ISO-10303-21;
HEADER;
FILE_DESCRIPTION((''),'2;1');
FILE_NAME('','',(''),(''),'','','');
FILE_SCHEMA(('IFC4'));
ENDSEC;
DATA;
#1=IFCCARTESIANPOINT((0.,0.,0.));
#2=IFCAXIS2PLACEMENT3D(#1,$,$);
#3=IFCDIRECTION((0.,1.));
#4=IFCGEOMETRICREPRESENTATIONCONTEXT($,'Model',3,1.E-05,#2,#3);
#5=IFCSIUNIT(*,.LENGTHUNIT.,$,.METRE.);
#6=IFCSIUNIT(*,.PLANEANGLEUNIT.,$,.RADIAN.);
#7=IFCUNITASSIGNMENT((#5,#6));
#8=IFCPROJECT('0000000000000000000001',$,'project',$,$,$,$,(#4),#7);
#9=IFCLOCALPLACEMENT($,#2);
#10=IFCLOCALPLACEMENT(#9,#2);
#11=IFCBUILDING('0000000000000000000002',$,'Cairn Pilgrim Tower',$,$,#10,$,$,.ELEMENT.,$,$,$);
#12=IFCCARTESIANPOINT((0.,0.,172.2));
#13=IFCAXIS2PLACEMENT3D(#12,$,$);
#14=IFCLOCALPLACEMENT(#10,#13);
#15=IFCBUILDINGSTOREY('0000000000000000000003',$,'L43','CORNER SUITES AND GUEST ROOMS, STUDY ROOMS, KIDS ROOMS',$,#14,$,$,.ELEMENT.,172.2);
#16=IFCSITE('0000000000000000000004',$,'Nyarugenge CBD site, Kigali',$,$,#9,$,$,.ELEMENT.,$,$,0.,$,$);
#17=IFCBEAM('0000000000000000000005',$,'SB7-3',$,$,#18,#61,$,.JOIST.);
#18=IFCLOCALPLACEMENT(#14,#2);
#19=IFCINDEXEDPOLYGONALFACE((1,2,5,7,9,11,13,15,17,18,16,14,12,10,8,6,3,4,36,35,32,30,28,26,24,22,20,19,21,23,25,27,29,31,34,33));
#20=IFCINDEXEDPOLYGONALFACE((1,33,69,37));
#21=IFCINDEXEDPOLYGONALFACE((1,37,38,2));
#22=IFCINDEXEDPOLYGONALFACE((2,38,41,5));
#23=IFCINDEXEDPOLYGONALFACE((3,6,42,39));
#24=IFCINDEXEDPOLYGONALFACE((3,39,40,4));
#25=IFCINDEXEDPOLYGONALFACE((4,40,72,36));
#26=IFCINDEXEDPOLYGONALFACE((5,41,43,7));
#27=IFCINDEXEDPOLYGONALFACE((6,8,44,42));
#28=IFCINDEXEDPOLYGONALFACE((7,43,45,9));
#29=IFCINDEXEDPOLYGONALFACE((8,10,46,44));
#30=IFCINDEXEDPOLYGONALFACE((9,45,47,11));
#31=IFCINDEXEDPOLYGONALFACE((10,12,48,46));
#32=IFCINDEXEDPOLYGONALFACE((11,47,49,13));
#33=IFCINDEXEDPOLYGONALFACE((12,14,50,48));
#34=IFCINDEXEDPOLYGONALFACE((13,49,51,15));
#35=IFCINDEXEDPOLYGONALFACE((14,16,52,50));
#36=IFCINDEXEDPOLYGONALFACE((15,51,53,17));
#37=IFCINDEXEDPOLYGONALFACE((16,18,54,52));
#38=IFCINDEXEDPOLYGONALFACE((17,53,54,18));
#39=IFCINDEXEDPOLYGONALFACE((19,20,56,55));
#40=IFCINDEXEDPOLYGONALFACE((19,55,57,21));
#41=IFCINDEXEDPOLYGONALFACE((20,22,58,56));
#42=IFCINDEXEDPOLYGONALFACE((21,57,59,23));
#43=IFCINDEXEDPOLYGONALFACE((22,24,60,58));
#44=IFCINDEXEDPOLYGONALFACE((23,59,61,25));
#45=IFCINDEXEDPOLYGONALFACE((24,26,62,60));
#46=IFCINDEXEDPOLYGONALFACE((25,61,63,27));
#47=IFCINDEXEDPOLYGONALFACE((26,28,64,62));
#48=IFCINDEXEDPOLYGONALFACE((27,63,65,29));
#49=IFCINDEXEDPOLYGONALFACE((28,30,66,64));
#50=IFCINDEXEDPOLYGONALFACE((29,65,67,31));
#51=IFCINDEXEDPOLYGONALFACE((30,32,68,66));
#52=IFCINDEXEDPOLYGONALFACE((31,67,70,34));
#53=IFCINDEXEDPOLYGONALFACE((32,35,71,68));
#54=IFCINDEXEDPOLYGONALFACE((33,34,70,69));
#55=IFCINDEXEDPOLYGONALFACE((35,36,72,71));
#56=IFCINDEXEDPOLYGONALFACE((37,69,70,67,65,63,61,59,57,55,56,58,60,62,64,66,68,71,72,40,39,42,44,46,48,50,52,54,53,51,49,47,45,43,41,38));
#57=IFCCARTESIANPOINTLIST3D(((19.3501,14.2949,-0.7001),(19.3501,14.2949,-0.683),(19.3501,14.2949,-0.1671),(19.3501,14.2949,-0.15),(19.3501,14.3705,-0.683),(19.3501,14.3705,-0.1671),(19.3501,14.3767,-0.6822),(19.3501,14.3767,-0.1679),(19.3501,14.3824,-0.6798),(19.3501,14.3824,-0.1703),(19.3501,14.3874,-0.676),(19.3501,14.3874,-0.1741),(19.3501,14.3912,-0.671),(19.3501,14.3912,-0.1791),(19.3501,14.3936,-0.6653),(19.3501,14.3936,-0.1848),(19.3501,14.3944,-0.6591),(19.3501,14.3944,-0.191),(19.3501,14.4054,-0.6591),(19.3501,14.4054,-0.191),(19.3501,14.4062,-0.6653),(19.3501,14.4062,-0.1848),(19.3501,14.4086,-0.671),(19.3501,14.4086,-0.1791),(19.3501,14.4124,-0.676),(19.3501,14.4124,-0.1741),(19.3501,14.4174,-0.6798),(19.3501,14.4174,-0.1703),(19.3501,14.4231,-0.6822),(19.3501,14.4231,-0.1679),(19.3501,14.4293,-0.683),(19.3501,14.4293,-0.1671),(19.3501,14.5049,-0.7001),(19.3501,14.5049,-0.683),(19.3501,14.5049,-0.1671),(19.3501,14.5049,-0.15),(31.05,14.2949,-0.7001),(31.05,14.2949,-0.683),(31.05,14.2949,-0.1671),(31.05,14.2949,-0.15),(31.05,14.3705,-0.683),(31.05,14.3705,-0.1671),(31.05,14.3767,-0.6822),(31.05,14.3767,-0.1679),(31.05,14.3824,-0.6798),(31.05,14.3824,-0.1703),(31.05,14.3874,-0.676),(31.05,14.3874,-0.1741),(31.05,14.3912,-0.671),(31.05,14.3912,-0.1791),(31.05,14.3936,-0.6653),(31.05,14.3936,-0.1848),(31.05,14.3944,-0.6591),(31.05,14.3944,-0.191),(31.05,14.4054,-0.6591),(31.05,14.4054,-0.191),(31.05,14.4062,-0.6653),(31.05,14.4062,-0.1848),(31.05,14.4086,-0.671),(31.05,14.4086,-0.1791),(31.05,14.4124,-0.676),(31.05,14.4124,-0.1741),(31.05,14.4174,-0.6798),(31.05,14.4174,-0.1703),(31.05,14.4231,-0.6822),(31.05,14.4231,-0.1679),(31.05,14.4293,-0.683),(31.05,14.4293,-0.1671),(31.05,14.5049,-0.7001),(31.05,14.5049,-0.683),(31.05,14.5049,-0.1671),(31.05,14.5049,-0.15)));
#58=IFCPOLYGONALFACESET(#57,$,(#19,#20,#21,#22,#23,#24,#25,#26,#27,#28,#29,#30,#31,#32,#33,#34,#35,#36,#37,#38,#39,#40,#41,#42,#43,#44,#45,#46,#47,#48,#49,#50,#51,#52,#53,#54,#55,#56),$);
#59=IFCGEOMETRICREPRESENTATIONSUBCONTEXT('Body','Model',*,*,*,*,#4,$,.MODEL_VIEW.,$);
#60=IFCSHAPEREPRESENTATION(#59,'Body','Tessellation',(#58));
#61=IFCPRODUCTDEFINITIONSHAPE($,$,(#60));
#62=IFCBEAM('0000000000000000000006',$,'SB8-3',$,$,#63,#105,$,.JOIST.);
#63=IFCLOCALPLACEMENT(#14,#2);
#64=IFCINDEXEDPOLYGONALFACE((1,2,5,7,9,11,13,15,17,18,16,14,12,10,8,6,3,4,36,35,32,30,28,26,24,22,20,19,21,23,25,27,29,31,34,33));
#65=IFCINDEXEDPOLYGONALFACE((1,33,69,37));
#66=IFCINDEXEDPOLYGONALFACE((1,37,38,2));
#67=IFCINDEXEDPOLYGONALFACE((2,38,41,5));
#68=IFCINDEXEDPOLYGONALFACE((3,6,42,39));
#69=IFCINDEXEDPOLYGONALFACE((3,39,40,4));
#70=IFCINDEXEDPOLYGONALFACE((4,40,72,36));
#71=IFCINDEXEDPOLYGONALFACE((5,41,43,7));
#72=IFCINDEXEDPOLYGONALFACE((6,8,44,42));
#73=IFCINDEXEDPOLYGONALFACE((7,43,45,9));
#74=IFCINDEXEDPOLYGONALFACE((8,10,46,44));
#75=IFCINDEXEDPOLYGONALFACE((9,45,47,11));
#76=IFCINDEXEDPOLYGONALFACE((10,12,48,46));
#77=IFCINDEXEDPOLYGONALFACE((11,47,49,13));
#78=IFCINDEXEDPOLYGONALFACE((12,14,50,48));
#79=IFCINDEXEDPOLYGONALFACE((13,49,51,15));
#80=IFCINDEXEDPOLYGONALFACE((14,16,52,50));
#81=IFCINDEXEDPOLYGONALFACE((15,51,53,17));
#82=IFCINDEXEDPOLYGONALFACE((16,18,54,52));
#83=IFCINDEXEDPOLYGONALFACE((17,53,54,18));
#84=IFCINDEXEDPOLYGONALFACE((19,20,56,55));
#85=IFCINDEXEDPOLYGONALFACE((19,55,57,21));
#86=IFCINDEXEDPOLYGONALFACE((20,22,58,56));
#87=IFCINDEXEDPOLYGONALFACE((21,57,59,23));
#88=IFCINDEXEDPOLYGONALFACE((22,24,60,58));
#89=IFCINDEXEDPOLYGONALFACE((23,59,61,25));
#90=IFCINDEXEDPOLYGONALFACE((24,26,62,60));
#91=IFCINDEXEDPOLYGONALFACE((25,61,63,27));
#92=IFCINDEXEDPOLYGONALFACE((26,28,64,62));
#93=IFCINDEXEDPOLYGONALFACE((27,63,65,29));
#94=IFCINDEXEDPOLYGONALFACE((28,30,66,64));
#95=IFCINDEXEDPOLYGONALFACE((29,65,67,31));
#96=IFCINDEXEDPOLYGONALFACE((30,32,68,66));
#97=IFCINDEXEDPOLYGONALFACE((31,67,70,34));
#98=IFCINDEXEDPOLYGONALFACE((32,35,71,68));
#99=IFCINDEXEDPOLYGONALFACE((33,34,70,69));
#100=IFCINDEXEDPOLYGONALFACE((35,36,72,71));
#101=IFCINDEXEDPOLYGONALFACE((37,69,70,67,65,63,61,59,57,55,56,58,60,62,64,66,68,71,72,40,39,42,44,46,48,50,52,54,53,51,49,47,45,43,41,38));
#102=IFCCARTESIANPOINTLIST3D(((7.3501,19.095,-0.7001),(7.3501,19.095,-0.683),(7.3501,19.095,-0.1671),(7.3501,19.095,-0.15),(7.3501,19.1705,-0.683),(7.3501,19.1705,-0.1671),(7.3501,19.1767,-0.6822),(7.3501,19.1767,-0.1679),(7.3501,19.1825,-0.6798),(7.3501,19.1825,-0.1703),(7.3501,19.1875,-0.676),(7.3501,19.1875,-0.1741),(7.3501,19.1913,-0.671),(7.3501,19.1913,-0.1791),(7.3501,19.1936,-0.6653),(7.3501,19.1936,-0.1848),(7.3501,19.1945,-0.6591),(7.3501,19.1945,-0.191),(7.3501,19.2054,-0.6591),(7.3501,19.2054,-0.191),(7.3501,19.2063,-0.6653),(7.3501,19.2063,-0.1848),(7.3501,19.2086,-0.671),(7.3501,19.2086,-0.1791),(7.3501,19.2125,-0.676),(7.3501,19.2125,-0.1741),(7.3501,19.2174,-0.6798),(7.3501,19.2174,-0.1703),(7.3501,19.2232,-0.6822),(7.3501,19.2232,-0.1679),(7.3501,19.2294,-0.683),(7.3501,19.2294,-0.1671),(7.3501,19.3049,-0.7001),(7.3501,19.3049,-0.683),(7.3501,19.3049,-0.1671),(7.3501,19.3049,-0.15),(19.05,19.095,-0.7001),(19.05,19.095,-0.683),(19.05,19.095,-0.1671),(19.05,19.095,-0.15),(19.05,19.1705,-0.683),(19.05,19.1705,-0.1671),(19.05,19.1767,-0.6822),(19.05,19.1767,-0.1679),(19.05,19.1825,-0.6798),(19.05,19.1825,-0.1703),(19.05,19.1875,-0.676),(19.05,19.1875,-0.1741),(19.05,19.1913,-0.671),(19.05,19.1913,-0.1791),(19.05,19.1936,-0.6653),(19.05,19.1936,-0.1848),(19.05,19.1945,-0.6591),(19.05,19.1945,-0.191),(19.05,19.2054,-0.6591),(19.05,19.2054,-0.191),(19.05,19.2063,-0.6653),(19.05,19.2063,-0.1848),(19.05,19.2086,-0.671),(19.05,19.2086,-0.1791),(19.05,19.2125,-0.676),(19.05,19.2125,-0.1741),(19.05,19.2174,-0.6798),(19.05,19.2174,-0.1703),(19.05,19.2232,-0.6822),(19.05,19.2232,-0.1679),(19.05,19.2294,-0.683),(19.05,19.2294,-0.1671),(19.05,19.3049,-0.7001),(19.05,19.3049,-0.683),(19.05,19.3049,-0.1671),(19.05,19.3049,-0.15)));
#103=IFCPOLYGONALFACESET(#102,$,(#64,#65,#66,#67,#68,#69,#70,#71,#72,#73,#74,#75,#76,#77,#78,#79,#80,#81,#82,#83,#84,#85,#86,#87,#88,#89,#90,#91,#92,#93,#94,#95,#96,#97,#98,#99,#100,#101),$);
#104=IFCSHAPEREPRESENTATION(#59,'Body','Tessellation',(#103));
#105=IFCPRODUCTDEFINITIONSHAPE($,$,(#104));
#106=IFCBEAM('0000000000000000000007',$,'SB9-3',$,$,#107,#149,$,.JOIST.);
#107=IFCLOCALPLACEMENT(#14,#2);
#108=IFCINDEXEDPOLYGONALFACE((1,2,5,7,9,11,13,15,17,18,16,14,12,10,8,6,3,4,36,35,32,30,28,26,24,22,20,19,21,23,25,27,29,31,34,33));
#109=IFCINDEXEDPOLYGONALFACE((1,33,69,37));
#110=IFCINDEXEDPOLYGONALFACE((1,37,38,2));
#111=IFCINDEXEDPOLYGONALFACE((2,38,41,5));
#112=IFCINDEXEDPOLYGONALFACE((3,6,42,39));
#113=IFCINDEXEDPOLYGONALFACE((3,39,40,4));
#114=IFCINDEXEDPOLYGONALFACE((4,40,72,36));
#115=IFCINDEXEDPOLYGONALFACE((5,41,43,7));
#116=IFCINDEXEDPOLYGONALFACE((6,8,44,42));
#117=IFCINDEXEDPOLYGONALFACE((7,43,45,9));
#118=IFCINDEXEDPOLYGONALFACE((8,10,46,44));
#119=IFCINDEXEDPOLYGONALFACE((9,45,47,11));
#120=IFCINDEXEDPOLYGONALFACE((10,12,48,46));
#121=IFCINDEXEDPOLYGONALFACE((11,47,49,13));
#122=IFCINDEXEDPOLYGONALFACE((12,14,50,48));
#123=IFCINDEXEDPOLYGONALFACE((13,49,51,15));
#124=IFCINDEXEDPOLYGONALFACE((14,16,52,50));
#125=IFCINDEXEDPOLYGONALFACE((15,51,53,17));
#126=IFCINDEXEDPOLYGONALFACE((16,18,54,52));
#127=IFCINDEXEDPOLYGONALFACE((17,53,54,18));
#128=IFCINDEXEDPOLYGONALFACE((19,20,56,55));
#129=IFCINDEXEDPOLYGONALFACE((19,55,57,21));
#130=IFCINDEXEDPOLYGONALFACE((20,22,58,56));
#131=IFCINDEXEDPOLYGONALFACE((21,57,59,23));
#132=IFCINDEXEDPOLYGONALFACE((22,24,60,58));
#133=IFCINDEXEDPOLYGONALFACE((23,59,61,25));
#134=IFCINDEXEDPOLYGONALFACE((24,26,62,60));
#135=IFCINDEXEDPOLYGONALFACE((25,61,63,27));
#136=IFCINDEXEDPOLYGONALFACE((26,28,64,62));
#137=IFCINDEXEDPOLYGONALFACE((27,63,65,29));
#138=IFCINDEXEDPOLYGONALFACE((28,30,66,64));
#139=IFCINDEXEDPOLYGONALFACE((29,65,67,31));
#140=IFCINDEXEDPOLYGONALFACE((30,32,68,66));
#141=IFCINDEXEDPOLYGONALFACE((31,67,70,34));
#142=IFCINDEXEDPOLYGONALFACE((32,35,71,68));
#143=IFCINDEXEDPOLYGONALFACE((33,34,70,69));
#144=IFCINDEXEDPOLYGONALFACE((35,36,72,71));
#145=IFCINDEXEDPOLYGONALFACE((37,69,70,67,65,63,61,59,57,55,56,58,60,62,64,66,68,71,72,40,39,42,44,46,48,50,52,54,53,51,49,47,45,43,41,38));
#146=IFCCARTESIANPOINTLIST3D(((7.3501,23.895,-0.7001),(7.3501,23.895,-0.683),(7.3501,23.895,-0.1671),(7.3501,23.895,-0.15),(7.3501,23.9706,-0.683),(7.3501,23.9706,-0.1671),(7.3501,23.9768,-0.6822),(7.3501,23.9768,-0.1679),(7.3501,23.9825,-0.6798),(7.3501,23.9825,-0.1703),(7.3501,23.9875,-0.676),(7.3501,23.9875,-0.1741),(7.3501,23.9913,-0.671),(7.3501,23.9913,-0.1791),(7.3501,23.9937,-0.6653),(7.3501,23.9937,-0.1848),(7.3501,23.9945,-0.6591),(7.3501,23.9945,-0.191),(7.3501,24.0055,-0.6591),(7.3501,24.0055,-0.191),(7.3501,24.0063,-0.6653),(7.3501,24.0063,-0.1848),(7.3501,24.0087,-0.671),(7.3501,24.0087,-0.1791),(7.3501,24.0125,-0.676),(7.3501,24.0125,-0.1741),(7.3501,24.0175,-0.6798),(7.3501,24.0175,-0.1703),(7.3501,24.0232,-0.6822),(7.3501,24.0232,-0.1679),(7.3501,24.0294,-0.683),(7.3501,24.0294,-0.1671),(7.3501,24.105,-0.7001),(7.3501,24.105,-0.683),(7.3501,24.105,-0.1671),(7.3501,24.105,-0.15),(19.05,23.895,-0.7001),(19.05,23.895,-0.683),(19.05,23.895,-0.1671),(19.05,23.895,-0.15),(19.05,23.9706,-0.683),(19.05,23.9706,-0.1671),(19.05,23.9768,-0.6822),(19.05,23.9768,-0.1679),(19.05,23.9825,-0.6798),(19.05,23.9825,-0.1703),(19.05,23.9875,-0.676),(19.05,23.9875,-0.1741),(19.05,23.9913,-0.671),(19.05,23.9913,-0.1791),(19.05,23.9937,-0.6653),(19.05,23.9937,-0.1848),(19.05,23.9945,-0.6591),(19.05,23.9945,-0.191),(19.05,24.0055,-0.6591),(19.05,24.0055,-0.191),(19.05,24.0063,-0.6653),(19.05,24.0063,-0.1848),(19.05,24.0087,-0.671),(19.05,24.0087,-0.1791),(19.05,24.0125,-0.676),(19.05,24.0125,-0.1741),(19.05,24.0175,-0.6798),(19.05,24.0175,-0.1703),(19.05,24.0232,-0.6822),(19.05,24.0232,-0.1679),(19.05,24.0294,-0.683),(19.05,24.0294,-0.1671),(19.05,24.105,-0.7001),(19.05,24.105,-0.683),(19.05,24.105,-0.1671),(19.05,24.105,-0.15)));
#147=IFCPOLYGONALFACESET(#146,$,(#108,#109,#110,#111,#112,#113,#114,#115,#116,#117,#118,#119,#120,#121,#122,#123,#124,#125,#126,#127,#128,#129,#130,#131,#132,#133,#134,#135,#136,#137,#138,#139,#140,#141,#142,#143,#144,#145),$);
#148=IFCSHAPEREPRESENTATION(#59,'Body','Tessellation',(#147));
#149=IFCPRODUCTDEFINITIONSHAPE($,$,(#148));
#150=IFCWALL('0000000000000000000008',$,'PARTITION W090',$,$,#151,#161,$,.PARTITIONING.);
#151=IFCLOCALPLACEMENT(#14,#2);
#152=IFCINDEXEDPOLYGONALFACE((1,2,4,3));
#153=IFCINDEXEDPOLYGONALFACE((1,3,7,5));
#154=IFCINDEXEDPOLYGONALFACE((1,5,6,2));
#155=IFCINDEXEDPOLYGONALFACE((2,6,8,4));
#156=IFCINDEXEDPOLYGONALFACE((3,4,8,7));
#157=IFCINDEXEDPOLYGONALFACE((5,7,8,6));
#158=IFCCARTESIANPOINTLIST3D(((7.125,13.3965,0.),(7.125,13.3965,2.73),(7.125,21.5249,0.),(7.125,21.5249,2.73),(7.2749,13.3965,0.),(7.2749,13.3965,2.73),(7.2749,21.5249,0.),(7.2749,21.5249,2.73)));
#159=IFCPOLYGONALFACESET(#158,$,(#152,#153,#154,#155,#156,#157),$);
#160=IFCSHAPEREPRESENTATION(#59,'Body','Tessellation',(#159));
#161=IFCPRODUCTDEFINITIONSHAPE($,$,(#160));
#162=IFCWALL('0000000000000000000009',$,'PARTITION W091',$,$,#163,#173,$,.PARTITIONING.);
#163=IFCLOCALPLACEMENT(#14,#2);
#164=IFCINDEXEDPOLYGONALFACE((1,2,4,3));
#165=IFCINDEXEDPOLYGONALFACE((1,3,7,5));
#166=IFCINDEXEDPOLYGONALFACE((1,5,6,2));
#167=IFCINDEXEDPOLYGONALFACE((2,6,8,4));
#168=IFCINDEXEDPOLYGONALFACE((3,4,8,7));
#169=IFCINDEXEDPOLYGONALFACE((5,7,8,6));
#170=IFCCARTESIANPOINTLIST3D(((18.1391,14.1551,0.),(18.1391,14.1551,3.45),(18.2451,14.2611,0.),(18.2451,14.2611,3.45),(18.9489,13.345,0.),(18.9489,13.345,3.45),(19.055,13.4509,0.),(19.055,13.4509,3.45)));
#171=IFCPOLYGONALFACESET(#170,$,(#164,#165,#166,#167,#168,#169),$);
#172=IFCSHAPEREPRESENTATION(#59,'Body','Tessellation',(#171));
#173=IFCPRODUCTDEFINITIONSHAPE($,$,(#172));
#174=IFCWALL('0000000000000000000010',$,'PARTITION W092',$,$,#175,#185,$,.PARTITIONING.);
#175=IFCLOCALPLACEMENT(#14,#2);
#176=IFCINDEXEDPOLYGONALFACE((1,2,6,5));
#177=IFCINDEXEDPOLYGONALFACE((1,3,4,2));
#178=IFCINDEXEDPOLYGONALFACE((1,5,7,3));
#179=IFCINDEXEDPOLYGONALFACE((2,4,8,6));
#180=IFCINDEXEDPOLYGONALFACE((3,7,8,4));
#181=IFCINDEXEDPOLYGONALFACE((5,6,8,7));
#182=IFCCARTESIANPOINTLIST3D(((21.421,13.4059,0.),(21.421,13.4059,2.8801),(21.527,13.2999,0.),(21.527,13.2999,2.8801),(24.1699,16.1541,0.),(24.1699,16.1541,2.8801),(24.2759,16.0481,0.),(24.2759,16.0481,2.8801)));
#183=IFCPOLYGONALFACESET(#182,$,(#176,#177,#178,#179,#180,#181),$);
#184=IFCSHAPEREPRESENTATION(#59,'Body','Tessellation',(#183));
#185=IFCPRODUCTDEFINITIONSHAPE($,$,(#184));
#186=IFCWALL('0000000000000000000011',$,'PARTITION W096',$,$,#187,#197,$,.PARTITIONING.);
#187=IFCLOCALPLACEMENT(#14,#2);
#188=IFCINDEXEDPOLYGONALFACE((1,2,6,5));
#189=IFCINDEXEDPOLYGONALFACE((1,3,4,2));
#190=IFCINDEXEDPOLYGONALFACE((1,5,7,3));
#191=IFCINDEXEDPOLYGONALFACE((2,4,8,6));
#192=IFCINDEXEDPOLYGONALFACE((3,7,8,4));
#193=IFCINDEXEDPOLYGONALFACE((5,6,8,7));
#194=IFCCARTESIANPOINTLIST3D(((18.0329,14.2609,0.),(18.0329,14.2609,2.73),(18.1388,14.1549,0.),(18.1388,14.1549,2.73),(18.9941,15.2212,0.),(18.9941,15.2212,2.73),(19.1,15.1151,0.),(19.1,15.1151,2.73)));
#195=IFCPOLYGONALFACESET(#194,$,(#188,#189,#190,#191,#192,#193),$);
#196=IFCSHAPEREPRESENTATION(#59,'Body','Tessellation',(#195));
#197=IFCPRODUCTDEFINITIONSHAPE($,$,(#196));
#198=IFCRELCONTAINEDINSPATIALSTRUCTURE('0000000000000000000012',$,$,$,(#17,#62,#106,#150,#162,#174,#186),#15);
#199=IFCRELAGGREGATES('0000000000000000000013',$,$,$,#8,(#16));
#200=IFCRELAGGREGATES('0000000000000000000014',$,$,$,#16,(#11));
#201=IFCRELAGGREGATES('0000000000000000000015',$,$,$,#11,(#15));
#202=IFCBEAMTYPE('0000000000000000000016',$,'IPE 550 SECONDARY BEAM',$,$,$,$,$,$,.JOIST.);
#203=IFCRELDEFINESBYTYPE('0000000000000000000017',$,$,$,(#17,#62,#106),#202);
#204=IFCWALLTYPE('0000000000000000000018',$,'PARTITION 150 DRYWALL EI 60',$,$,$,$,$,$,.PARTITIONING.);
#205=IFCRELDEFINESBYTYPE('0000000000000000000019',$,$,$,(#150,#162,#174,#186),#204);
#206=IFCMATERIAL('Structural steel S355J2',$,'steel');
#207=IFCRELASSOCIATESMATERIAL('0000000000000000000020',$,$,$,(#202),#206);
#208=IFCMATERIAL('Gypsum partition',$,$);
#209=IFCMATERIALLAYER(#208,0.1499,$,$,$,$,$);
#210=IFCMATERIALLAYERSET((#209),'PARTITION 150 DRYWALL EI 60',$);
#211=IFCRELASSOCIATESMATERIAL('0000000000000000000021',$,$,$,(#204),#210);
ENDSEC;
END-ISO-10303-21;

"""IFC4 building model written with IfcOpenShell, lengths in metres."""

from ifc_helpers import new_model, si_unit, direction, frame, frame_2d, origin, origin_2d, place, context, subcontext, project, spatial, rectangle, i_section, extrude, material, layer, layer_set, material_profile, profile_set, type_object, element, save


model = new_model("IFC4")

# Units and contexts
model_context = context("Model", 3, precision=1e-05, world=origin(), true_north=direction((0.0, 1.0)))
body_context = subcontext(model_context, "Body", "Model", "MODEL_VIEW")
ifc_project = project(units=[si_unit("LENGTHUNIT", "METRE"), si_unit("PLANEANGLEUNIT", "RADIAN")], contexts=[model_context])

# Site, building, storey
site_placement = place(None, origin())
site = spatial("IfcSite", under=ifc_project, at=site_placement, Name="Nyarugenge CBD site, Kigali", CompositionType="ELEMENT", RefElevation=0.0)
building_placement = place(site_placement, origin())
building = spatial("IfcBuilding", under=site, at=building_placement, Name="Cairn Pilgrim Tower", CompositionType="ELEMENT")
storey_placement = place(building_placement, frame((0.0, 0.0, 172.2)))
storey = spatial("IfcBuildingStorey", under=building, at=storey_placement, Name="L43", Description="CORNER SUITES AND GUEST ROOMS, STUDY ROOMS, KIDS ROOMS", CompositionType="ELEMENT", Elevation=172.2)

# Beams
ifc_material_1 = material(Name="Structural steel S355J2", Category="steel")
ifc_material_profile_1 = material_profile(ifc_material_1, i_section(OverallWidth=0.21, OverallDepth=0.55, WebThickness=0.011, FlangeThickness=0.0171, FilletRadius=0.0239, at=origin_2d()), Name="IPE 550")
ifc_profile_set_1 = profile_set([ifc_material_profile_1], Name="Structural steel S355J2")
beam_type_1 = type_object("IfcBeamType", Name="IPE 550 SECONDARY BEAM", PredefinedType="JOIST", material=ifc_profile_set_1)
for number, where, z_axis, x_axis, name in (
    (1, (19.3501, 14.3999, -0.425), (1.0, 0.0, 0.0), (0.0, 1.0, 0.0), "SB7-3"),
    (2, (7.3501, 19.2, -0.425), (1.0, 0.0, 0.0), (0.0, 1.0, 0.0), "SB8-3"),
    (3, (7.3501, 24.0, -0.425), (1.0, 0.0, 0.0), (0.0, 1.0, 0.0), "SB9-3"),
):
    element("IfcBeam", number, at=place(storey_placement, frame(where, z_axis=z_axis, x_axis=x_axis)), inside=storey, type_object=beam_type_1, Name=name, PredefinedType="JOIST", context=body_context, shape_type="SweptSolid", body=[
        extrude(i_section(OverallWidth=0.21, OverallDepth=0.55, WebThickness=0.011, FlangeThickness=0.0171, FilletRadius=0.0239, at=origin_2d()), origin(), (0.0, 0.0, 1.0), 11.7),
    ])

# Walls
ifc_material_2 = material(Name="Gypsum partition")
ifc_layer_1 = layer(ifc_material_2, 0.1499)
ifc_layer_set_1 = layer_set([ifc_layer_1], Name="PARTITION 150 DRYWALL EI 60")
wall_type_1 = type_object("IfcWallType", Name="PARTITION 150 DRYWALL EI 60", PredefinedType="PARTITIONING", material=ifc_layer_set_1)
wall_1_placement = place(storey_placement, frame((7.2, 13.3965, 0.0), z_axis=(0.0, 0.0, 1.0), x_axis=(0.0, 1.0, 0.0)))
element("IfcWall", 4, at=wall_1_placement, inside=storey, type_object=wall_type_1, Name="PARTITION W090", PredefinedType="PARTITIONING", context=body_context, shape_type="SweptSolid", body=[
    extrude(rectangle(XDim=8.1284, YDim=0.1499, at=frame_2d((4.0642, 0.0))), origin(), (0.0, 0.0, 1.0), 2.73),
])
wall_2_placement = place(storey_placement, frame((19.002, 13.3979, 0.0), z_axis=(0.0, 0.0, 1.0), x_axis=(-0.707, 0.707213, 0.0)))
element("IfcWall", 5, at=wall_2_placement, inside=storey, type_object=wall_type_1, Name="PARTITION W091", PredefinedType="PARTITIONING", context=body_context, shape_type="SweptSolid", body=[
    extrude(rectangle(XDim=1.1455, YDim=0.1499, at=frame_2d((0.5728, 0.0))), origin(), (0.0, 0.0, 1.0), 3.45),
])
wall_3_placement = place(storey_placement, frame((21.4741, 13.353, 0.0), z_axis=(0.0, 0.0, 1.0), x_axis=(0.707201, 0.707013, 0.0)))
element("IfcWall", 6, at=wall_3_placement, inside=storey, type_object=wall_type_1, Name="PARTITION W092", PredefinedType="PARTITIONING", context=body_context, shape_type="SweptSolid", body=[
    extrude(rectangle(XDim=3.887, YDim=0.1499, at=frame_2d((1.9434, 0.0))), origin(), (0.0, 0.0, 1.0), 2.8801),
])
wall_4_placement = place(storey_placement, frame((18.0859, 14.208, 0.0), z_axis=(0.0, 0.0, 1.0), x_axis=(0.707466, 0.706747, 0.0)))
element("IfcWall", 7, at=wall_4_placement, inside=storey, type_object=wall_type_1, Name="PARTITION W096", PredefinedType="PARTITIONING", context=body_context, shape_type="SweptSolid", body=[
    extrude(rectangle(XDim=1.3586, YDim=0.1499, at=frame_2d((0.6792, 0.0))), origin(), (0.0, 0.0, 1.0), 2.73),
])

save(model, "model.ifc")
